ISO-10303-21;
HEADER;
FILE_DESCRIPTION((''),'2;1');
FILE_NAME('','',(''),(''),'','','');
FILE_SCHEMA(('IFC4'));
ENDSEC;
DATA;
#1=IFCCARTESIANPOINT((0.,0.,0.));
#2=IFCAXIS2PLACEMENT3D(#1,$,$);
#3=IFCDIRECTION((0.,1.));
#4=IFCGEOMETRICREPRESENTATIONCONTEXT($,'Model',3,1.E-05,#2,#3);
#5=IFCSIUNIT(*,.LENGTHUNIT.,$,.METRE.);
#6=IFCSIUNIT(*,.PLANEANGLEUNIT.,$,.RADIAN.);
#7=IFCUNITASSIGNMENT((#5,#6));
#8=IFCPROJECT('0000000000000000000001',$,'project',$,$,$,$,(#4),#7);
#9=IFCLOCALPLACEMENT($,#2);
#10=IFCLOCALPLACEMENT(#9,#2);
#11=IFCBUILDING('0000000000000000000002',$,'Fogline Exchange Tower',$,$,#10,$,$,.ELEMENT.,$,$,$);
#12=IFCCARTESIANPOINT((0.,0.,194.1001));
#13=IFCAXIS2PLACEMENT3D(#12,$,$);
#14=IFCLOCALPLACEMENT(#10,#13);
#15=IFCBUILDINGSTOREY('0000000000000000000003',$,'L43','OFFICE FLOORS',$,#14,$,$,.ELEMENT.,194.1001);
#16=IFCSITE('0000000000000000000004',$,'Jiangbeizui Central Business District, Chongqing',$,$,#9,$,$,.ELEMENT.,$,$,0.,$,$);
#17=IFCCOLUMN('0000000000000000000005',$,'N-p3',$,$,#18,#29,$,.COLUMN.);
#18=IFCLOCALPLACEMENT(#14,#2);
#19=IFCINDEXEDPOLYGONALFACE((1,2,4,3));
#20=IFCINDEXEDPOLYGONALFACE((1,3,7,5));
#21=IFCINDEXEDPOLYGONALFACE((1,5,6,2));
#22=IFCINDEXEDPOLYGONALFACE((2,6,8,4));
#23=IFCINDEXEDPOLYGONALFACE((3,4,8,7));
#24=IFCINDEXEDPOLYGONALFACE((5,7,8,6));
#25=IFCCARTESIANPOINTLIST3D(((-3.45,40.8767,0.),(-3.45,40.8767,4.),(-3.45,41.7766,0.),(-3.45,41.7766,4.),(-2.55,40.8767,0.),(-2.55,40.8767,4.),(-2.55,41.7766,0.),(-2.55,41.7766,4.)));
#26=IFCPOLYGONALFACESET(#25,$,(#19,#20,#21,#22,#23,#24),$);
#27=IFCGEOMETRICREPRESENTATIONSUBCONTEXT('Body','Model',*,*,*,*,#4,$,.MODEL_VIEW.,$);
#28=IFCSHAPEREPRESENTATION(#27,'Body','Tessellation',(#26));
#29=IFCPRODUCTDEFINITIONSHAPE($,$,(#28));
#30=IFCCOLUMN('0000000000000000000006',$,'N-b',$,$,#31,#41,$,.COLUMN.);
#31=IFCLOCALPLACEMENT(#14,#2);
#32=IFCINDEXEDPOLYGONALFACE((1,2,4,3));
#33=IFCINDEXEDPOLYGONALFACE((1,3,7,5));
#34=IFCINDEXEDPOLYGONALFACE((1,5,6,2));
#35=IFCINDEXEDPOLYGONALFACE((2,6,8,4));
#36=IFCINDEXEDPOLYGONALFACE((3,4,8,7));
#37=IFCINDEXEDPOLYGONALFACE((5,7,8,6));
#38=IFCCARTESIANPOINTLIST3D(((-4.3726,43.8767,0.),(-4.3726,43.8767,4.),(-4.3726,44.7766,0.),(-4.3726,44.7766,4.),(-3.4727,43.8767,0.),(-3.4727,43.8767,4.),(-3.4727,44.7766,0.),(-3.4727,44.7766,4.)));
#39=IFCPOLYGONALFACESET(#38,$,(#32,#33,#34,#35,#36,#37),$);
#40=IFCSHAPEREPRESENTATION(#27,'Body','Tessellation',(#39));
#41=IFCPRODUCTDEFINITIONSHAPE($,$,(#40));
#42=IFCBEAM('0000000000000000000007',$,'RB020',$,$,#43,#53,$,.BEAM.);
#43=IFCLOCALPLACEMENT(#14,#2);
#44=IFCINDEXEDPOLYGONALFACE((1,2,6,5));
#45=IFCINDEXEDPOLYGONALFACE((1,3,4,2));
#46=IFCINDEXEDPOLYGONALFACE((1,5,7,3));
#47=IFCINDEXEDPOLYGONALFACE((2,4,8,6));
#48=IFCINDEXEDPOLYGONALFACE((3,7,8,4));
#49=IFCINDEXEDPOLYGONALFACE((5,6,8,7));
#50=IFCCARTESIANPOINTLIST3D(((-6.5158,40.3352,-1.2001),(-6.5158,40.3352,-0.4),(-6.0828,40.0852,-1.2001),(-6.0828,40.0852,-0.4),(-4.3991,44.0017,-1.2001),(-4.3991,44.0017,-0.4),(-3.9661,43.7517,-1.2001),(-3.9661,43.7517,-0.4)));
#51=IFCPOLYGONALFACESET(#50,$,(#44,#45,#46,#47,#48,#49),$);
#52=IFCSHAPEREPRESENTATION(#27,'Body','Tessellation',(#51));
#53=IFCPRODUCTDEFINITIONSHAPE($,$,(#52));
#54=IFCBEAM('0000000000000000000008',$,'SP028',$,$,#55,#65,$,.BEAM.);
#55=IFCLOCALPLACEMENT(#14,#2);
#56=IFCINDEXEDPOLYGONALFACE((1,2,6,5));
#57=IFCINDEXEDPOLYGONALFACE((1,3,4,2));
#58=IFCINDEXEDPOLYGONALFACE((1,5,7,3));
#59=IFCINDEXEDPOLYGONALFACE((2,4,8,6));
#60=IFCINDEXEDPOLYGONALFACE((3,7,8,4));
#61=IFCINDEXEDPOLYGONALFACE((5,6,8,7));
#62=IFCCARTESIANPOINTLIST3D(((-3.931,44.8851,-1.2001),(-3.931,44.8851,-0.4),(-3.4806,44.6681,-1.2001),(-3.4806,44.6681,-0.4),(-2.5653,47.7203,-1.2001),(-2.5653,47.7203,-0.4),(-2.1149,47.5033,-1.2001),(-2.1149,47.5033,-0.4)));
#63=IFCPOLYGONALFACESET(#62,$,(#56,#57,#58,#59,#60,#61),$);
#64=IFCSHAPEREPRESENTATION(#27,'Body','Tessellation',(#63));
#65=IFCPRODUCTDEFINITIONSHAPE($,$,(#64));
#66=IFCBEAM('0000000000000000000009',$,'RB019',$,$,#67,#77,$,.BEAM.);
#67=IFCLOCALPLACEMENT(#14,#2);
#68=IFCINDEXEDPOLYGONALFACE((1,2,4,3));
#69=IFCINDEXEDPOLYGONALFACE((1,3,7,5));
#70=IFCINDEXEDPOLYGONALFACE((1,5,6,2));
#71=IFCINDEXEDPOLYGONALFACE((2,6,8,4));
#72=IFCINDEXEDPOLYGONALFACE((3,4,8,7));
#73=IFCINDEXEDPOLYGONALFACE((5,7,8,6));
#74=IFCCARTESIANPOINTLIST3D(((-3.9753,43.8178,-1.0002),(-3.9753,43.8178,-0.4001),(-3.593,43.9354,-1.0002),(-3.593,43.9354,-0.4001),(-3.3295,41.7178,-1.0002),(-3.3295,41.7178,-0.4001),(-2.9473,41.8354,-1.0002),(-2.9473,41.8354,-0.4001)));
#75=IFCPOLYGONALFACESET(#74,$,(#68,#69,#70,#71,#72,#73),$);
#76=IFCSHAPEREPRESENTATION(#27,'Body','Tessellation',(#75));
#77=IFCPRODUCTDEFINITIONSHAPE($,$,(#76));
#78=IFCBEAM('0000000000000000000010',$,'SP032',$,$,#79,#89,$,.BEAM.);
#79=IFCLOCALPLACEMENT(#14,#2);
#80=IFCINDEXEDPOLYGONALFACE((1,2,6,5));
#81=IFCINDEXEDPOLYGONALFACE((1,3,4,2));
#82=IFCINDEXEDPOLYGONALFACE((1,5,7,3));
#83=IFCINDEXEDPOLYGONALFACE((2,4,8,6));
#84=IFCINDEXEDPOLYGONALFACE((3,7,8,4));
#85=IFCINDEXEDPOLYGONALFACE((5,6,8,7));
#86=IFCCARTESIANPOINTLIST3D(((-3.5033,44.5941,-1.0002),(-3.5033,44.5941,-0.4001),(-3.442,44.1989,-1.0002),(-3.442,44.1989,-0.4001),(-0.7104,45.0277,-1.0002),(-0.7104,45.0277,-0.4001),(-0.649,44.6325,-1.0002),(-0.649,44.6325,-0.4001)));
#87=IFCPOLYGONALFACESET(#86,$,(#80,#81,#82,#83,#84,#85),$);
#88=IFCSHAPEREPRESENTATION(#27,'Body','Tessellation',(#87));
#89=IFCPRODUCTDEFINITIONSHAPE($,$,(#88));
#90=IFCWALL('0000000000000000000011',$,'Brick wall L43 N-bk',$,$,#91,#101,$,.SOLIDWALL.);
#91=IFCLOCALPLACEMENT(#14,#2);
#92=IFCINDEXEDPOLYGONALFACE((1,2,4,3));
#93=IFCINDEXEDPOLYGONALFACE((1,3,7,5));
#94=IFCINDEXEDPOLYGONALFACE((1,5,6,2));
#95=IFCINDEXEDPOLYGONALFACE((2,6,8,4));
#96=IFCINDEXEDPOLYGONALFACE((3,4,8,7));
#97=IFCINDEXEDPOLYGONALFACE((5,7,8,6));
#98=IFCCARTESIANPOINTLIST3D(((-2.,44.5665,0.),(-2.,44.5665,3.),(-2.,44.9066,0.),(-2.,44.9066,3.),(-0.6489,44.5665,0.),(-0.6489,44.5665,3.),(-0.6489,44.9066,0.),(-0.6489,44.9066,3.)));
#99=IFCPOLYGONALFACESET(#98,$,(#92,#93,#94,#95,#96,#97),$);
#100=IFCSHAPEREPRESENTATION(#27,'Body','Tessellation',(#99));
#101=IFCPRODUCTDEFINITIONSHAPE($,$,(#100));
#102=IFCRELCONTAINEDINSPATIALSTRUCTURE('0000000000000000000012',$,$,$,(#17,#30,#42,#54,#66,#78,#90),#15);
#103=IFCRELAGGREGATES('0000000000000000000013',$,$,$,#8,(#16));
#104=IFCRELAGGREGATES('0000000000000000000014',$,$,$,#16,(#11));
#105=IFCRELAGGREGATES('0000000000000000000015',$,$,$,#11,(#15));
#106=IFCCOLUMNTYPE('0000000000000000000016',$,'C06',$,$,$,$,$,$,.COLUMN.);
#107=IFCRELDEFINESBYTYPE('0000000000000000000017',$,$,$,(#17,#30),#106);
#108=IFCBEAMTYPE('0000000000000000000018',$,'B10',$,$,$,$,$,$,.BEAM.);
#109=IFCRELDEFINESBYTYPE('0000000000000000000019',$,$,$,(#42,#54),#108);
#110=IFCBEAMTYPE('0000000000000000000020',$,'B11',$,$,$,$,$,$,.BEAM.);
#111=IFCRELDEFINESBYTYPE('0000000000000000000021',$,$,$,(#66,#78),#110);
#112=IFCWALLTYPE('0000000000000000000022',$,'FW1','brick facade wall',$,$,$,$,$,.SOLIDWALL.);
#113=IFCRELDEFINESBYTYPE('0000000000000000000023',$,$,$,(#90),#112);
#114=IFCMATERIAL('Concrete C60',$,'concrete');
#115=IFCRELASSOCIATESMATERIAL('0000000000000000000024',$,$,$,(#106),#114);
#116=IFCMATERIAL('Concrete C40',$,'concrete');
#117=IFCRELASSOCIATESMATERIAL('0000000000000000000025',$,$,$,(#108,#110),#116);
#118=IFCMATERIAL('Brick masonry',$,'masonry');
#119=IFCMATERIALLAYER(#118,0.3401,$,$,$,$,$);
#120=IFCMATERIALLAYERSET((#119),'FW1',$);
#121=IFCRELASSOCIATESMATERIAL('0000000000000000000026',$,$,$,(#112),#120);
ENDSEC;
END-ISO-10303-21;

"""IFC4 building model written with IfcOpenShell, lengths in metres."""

from ifc_helpers import new_model, si_unit, direction, frame, frame_2d, origin, origin_2d, place, context, subcontext, project, spatial, rectangle, extrude, material, layer, layer_set, material_profile, profile_set, type_object, element, save


model = new_model("IFC4")

# Units and contexts
model_context = context("Model", 3, precision=1e-05, world=origin(), true_north=direction((0.0, 1.0)))
body_context = subcontext(model_context, "Body", "Model", "MODEL_VIEW")
ifc_project = project(units=[si_unit("LENGTHUNIT", "METRE"), si_unit("PLANEANGLEUNIT", "RADIAN")], contexts=[model_context])

# Site, building, storey
site_placement = place(None, origin())
site = spatial("IfcSite", under=ifc_project, at=site_placement, Name="Jiangbeizui Central Business District, Chongqing", CompositionType="ELEMENT", RefElevation=0.0)
building_placement = place(site_placement, origin())
building = spatial("IfcBuilding", under=site, at=building_placement, Name="Fogline Exchange Tower", CompositionType="ELEMENT")
storey_placement = place(building_placement, frame((0.0, 0.0, 194.1001)))
storey = spatial("IfcBuildingStorey", under=building, at=storey_placement, Name="L43", Description="OFFICE FLOORS", CompositionType="ELEMENT", Elevation=194.1001)

# Columns
ifc_material_1 = material(Name="Concrete C60", Category="concrete")
ifc_material_profile_1 = material_profile(ifc_material_1, rectangle(XDim=0.8999, YDim=0.8999, at=origin_2d()), Name="RC 900x900")
ifc_profile_set_1 = profile_set([ifc_material_profile_1], Name="Concrete C60")
column_type = type_object("IfcColumnType", Name="C06", PredefinedType="COLUMN", material=ifc_profile_set_1)
for number, where, z_axis, x_axis, name in (
    (1, (-3.0, 41.3267, 0.0), (0.0, 0.0, 1.0), (1.0, 0.0, 0.0), "N-p3"),
    (2, (-3.9226, 44.3267, 0.0), (0.0, 0.0, 1.0), (1.0, 0.0, 0.0), "N-b"),
):
    element("IfcColumn", number, at=place(storey_placement, frame(where, z_axis=z_axis, x_axis=x_axis)), inside=storey, type_object=column_type, Name=name, PredefinedType="COLUMN", context=body_context, shape_type="SweptSolid", body=[
        extrude(rectangle(XDim=0.8999, YDim=0.8999, at=origin_2d()), origin(), (0.0, 0.0, 1.0), 4.0),
    ])

# Beams
ifc_material_2 = material(Name="Concrete C40", Category="concrete")
ifc_material_profile_2 = material_profile(ifc_material_2, rectangle(XDim=0.5, YDim=0.8, at=origin_2d()), Name="RC 500x800")
ifc_profile_set_2 = profile_set([ifc_material_profile_2], Name="Concrete C40")
beam_type_1 = type_object("IfcBeamType", Name="B10", PredefinedType="BEAM", material=ifc_profile_set_2)
beam_1_placement = place(storey_placement, frame((-4.1826, 43.8767, -0.8), z_axis=(-0.499972, -0.866042, 0.0), x_axis=(0.866042, -0.499972, 0.0)))
element("IfcBeam", 3, at=beam_1_placement, inside=storey, type_object=beam_type_1, Name="RB020", PredefinedType="BEAM", context=body_context, shape_type="SweptSolid", body=[
    extrude(rectangle(XDim=0.5, YDim=0.8, at=origin_2d()), origin(), (0.0, 0.0, 1.0), 4.2336),
])
beam_2_placement = place(storey_placement, frame((-3.7058, 44.7766, -0.8), z_axis=(0.433977, 0.900924, 0.0), x_axis=(-0.900924, 0.433977, 0.0)))
element("IfcBeam", 4, at=beam_2_placement, inside=storey, type_object=beam_type_1, Name="SP028", PredefinedType="BEAM", context=body_context, shape_type="SweptSolid", body=[
    extrude(rectangle(XDim=0.5, YDim=0.8, at=origin_2d()), origin(), (0.0, 0.0, 1.0), 3.147),
])
ifc_material_profile_3 = material_profile(ifc_material_2, rectangle(XDim=0.3999, YDim=0.6001, at=origin_2d()), Name="RC 400x600")
ifc_profile_set_3 = profile_set([ifc_material_profile_3], Name="Concrete C40")
beam_type_2 = type_object("IfcBeamType", Name="B11", PredefinedType="BEAM", material=ifc_profile_set_3)
beam_3_placement = place(storey_placement, frame((-3.1384, 41.7766, -0.7002), z_axis=(-0.293906, 0.955834, 0.0), x_axis=(-0.955834, -0.293906, 0.0)))
element("IfcBeam", 5, at=beam_3_placement, inside=storey, type_object=beam_type_2, Name="RB019", PredefinedType="BEAM", context=body_context, shape_type="SweptSolid", body=[
    extrude(rectangle(XDim=0.3999, YDim=0.6001, at=origin_2d()), origin(), (0.0, 0.0, 1.0), 2.197),
])
beam_4_placement = place(storey_placement, frame((-3.4727, 44.3965, -0.7002), z_axis=(0.988163, 0.153407, 0.0), x_axis=(-0.153407, 0.988163, 0.0)))
element("IfcBeam", 6, at=beam_4_placement, inside=storey, type_object=beam_type_2, Name="SP032", PredefinedType="BEAM", context=body_context, shape_type="SweptSolid", body=[
    extrude(rectangle(XDim=0.3999, YDim=0.6001, at=origin_2d()), origin(), (0.0, 0.0, 1.0), 2.8264),
])

# Wall
ifc_material_3 = material(Name="Brick masonry", Category="masonry")
ifc_layer = layer(ifc_material_3, 0.3401)
ifc_layer_set = layer_set([ifc_layer], Name="FW1")
wall_type = type_object("IfcWallType", Name="FW1", Description="brick facade wall", PredefinedType="SOLIDWALL", material=ifc_layer_set)
wall_1_placement = place(storey_placement, frame((-0.6489, 44.7366, 0.0), z_axis=(0.0, 0.0, 1.0), x_axis=(-1.0, 0.0, 0.0)))
element("IfcWall", 7, at=wall_1_placement, inside=storey, type_object=wall_type, Name="Brick wall L43 N-bk", PredefinedType="SOLIDWALL", context=body_context, shape_type="SweptSolid", body=[
    extrude(rectangle(XDim=1.3511, YDim=0.3401, at=frame_2d((0.6755, 0.0))), origin(), (0.0, 0.0, 1.0), 3.0),
])

save(model, "model.ifc")
